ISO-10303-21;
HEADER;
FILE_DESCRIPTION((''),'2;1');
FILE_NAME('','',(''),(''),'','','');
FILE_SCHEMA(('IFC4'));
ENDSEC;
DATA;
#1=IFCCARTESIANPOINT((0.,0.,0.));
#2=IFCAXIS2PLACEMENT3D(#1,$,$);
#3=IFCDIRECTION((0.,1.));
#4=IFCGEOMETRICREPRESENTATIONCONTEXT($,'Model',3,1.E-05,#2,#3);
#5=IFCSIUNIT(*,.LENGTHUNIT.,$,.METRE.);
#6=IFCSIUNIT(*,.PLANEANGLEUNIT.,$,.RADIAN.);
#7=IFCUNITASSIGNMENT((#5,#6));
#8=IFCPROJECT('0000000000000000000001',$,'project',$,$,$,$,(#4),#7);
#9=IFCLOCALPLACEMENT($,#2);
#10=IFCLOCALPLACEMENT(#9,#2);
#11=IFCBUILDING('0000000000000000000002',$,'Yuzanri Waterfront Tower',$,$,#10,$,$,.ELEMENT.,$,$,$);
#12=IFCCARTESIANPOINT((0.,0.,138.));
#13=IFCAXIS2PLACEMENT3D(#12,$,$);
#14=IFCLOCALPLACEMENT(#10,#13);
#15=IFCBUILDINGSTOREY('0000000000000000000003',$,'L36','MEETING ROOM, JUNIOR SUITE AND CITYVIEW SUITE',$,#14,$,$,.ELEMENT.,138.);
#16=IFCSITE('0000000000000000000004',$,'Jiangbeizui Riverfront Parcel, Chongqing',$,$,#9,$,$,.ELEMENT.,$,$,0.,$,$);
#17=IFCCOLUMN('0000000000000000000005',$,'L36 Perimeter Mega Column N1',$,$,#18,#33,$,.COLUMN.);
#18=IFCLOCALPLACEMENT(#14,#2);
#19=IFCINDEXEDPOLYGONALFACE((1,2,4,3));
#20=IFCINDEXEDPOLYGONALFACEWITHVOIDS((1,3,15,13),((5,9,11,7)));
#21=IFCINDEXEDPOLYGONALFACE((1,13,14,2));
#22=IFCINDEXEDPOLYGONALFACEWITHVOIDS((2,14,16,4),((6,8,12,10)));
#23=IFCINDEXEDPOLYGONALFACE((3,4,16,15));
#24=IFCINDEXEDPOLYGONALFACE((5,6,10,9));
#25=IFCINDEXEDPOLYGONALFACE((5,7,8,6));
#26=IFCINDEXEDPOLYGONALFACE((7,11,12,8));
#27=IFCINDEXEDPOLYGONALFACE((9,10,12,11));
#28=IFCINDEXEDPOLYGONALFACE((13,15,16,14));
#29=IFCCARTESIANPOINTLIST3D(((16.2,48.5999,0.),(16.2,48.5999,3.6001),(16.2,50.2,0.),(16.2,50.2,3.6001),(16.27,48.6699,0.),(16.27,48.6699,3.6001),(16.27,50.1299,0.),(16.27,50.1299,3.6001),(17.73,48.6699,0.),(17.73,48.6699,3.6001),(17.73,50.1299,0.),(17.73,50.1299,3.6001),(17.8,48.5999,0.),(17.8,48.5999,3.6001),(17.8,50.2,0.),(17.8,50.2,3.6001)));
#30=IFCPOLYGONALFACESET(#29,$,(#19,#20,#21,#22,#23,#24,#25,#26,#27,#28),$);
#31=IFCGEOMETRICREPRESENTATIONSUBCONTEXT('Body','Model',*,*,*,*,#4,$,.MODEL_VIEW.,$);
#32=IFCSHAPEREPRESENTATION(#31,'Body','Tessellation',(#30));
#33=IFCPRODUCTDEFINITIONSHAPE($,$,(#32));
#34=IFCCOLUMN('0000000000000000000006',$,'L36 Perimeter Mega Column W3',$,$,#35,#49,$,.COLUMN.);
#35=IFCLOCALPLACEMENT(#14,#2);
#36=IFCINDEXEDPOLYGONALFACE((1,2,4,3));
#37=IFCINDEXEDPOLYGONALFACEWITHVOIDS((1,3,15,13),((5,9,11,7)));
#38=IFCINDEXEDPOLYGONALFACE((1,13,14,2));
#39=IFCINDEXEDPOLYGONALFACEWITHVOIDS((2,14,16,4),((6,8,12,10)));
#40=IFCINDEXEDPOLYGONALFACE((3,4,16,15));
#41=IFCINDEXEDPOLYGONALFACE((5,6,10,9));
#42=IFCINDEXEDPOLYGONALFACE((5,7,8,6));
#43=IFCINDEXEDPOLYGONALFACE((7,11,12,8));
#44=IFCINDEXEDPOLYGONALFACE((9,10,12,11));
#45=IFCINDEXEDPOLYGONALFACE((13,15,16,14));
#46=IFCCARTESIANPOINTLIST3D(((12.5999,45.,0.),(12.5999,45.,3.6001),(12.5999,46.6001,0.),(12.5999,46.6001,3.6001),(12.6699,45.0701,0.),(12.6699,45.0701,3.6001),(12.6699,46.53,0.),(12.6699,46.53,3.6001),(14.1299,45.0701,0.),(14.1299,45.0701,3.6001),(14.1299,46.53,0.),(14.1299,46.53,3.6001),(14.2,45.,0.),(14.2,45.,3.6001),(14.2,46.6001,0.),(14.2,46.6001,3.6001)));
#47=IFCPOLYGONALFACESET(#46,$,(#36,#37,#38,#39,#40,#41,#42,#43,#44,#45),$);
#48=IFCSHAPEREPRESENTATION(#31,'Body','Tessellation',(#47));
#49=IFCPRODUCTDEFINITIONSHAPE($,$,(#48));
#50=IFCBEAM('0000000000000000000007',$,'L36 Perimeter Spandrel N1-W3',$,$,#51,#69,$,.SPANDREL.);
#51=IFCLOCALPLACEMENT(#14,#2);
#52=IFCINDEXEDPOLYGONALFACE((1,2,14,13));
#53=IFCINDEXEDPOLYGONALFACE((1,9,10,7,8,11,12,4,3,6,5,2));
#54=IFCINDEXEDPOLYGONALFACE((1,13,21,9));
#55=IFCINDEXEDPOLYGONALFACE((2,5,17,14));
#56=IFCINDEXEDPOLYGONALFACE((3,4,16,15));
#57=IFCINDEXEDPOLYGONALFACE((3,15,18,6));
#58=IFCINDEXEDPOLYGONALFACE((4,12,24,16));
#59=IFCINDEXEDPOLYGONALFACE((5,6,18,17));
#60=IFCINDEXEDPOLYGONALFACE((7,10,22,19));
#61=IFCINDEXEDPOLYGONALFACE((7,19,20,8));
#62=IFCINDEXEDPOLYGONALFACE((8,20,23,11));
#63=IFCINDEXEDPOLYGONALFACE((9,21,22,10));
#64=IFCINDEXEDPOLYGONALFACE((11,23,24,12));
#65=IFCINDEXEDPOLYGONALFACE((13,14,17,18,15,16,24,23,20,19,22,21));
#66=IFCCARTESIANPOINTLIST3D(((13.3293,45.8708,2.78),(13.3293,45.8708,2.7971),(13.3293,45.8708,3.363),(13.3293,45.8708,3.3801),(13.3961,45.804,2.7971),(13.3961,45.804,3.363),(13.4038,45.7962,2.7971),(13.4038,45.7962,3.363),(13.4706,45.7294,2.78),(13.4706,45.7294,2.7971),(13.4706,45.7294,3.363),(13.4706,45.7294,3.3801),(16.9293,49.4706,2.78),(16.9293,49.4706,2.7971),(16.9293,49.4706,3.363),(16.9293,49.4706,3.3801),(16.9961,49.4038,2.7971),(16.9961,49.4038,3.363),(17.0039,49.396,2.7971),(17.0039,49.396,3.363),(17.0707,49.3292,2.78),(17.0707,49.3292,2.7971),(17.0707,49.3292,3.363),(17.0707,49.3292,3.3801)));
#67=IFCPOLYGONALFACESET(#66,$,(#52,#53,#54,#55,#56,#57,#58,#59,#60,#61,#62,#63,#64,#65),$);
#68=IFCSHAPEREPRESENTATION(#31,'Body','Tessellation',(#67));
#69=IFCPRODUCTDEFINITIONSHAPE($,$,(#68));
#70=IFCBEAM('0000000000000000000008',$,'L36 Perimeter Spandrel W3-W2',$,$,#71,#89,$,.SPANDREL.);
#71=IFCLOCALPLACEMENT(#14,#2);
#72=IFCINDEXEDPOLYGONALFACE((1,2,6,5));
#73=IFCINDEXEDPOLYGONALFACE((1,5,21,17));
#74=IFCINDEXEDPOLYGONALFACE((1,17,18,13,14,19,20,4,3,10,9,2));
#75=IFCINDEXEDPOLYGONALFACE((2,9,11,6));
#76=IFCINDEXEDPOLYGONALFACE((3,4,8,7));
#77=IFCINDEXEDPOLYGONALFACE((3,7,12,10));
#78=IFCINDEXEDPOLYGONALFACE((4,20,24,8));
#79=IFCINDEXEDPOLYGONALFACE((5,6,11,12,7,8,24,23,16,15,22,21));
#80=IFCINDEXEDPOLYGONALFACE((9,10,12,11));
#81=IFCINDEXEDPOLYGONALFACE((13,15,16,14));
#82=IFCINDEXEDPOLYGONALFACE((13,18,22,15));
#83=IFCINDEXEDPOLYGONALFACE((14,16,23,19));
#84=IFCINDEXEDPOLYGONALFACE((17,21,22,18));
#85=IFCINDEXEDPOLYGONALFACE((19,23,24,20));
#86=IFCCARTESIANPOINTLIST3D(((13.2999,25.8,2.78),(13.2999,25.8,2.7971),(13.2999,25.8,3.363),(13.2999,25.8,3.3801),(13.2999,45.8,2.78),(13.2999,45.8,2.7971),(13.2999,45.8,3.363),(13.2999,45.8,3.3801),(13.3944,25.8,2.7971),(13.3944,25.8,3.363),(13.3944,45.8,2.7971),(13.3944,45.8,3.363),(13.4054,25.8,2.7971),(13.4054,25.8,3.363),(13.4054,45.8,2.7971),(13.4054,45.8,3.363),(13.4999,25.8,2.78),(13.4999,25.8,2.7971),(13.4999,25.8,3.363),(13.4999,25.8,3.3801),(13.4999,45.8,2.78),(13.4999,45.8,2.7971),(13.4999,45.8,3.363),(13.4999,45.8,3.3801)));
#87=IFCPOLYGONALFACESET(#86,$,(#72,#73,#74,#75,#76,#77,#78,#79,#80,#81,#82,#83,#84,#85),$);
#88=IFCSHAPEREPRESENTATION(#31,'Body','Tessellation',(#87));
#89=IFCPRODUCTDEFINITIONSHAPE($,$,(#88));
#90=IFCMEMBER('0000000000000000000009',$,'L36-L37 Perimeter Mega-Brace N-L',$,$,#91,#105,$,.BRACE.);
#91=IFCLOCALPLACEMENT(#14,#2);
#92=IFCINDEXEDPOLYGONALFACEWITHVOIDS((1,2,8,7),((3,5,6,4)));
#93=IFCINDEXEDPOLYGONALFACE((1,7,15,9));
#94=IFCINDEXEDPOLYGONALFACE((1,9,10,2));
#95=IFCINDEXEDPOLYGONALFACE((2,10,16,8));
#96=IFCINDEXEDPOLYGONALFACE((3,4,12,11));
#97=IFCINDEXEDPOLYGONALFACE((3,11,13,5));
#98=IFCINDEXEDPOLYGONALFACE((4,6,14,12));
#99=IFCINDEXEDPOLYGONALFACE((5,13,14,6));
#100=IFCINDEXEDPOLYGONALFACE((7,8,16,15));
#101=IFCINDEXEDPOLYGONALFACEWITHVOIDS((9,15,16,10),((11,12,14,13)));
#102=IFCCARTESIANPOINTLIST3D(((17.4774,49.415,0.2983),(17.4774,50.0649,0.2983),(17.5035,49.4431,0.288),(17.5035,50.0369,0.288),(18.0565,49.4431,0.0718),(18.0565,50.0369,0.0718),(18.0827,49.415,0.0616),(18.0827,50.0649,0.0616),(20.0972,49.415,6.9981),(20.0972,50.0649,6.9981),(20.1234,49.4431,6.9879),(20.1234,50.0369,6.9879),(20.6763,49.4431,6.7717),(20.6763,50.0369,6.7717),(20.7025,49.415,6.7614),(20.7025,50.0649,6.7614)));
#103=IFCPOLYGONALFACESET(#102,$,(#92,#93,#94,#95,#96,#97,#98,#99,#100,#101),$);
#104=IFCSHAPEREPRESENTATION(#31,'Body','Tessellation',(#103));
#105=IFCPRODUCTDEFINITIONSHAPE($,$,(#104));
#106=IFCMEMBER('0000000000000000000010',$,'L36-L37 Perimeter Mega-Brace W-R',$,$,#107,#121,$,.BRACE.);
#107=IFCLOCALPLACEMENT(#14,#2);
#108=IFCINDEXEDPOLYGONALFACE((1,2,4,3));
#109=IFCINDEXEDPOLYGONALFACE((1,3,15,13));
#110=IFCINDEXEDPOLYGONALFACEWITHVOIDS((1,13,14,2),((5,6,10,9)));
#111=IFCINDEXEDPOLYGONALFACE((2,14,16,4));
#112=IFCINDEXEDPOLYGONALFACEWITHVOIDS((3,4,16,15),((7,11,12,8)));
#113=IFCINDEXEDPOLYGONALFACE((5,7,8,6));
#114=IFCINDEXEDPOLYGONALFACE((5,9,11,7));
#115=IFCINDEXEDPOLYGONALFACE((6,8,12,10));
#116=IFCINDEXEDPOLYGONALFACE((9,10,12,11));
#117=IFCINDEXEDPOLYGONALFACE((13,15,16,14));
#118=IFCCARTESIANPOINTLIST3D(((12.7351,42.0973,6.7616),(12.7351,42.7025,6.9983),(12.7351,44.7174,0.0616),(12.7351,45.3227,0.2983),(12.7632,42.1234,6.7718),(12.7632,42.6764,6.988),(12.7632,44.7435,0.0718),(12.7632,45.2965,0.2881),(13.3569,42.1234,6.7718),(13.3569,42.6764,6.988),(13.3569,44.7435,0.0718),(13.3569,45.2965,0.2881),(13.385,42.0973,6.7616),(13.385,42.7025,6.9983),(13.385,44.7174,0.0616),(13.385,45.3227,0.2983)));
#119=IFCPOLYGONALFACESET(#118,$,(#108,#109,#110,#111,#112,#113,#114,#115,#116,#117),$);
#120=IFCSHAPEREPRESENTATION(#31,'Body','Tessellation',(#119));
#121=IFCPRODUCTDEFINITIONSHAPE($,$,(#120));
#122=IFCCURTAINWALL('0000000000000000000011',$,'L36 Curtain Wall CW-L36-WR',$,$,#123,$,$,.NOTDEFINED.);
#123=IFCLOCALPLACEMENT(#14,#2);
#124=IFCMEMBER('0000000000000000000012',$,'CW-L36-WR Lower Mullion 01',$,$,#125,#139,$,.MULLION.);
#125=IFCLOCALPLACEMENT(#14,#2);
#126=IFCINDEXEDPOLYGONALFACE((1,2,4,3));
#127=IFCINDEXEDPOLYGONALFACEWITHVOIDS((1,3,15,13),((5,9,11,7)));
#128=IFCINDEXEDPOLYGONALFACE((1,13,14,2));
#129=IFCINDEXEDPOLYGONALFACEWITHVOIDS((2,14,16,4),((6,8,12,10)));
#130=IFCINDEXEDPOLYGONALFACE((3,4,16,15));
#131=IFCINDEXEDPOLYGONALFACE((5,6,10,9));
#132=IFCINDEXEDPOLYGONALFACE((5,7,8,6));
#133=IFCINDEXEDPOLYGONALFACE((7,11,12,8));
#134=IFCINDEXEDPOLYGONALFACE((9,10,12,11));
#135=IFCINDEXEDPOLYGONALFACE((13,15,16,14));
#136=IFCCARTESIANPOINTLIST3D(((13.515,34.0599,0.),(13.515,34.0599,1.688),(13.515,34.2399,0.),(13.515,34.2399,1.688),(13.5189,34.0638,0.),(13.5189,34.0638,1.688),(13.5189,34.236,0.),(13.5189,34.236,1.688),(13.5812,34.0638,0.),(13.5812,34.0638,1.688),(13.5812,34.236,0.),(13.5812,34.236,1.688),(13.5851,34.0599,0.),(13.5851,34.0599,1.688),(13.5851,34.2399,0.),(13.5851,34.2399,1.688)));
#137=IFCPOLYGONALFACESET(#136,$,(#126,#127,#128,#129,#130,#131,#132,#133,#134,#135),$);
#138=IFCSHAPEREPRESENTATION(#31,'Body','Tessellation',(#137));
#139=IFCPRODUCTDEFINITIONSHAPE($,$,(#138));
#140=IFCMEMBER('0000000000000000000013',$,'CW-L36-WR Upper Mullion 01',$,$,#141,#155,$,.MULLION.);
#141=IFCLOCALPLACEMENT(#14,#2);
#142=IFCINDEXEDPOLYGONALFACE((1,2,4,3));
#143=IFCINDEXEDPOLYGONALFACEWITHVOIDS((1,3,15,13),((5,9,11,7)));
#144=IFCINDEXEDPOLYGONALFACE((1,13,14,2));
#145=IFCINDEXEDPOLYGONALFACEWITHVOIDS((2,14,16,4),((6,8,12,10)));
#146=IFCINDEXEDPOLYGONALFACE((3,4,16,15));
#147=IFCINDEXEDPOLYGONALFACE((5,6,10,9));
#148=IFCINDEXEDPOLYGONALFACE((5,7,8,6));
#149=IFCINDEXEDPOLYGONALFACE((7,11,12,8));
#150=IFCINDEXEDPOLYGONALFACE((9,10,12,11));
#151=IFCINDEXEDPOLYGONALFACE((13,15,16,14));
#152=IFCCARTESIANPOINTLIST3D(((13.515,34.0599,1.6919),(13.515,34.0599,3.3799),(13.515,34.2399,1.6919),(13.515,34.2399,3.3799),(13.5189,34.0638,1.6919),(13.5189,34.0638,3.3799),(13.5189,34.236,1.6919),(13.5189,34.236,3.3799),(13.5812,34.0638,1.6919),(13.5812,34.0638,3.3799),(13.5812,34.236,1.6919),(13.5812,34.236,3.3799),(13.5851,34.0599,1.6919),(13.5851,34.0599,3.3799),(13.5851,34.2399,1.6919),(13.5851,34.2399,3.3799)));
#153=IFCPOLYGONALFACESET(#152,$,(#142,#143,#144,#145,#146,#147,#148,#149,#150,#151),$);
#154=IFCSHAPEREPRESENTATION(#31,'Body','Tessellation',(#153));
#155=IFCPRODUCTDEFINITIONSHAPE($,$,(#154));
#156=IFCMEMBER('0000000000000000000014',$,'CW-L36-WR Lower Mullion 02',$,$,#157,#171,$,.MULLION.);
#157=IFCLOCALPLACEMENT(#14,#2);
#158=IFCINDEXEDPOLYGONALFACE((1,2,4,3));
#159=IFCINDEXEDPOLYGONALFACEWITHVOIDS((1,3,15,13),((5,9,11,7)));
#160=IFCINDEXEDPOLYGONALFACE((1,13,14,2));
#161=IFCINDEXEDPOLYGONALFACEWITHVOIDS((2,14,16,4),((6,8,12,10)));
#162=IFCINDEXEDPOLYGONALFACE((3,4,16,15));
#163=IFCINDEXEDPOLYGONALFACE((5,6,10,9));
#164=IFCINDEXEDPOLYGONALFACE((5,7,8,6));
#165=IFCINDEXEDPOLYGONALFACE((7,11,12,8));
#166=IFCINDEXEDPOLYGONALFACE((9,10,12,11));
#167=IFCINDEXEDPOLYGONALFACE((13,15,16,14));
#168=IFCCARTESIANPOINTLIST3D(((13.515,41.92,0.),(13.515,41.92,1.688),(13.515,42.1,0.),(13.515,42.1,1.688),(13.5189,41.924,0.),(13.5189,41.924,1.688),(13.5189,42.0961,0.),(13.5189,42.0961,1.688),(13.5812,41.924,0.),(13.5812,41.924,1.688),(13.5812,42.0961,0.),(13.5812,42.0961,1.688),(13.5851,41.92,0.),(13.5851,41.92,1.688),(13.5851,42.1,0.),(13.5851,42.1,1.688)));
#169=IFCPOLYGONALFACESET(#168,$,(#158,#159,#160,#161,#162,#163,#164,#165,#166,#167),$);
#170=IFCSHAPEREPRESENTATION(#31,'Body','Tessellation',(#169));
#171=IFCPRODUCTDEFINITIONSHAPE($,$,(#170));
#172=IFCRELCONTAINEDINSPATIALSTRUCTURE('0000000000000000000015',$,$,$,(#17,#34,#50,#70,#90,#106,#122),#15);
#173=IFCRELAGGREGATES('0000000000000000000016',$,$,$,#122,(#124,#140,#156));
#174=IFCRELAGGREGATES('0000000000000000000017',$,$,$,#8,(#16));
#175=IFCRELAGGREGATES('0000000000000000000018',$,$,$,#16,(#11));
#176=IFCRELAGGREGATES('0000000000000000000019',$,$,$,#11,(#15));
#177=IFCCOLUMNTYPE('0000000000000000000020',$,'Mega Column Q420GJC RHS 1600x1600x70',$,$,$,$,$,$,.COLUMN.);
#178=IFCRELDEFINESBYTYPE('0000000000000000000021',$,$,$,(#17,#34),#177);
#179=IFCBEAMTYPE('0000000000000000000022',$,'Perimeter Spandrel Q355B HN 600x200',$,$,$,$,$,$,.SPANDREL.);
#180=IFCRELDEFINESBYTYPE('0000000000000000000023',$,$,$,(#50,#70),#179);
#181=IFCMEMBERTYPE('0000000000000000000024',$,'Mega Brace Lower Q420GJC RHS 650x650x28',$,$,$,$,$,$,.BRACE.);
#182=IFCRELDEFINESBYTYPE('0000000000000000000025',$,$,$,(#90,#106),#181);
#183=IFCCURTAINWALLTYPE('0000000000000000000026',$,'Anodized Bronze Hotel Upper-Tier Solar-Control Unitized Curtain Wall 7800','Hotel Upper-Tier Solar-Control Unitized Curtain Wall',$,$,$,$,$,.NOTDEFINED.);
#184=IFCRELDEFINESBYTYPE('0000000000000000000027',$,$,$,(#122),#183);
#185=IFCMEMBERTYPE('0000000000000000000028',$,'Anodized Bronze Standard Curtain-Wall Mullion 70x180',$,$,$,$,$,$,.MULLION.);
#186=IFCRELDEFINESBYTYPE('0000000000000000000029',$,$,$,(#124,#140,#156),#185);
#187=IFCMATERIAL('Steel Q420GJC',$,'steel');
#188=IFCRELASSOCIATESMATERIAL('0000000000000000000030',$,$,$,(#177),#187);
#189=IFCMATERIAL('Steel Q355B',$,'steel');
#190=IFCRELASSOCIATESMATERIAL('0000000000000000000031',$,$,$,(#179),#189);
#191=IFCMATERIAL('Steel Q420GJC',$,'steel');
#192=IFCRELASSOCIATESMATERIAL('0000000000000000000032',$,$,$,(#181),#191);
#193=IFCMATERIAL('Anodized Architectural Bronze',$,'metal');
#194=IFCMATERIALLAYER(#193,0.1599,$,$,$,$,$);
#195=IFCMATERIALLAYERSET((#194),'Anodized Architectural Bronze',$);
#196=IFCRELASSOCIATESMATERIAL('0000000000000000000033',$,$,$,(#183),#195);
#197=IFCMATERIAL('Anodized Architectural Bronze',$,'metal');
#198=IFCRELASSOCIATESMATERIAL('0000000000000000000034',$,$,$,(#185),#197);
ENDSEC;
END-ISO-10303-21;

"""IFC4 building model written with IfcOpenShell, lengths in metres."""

from ifc_helpers import new_model, si_unit, direction, frame, origin, origin_2d, place, context, subcontext, project, spatial, hollow_rectangle, i_section, extrude, source, transform, mapped, material, layer, layer_set, material_profile, profile_set, type_object, element, aggregate, save


model = new_model("IFC4")

# Units and contexts
model_context = context("Model", 3, precision=1e-05, world=origin(), true_north=direction((0.0, 1.0)))
body_context = subcontext(model_context, "Body", "Model", "MODEL_VIEW")
ifc_project = project(units=[si_unit("LENGTHUNIT", "METRE"), si_unit("PLANEANGLEUNIT", "RADIAN")], contexts=[model_context])

# Site, building, storey
site_placement = place(None, origin())
site = spatial("IfcSite", under=ifc_project, at=site_placement, Name="Jiangbeizui Riverfront Parcel, Chongqing", CompositionType="ELEMENT", RefElevation=0.0)
building_placement = place(site_placement, origin())
building = spatial("IfcBuilding", under=site, at=building_placement, Name="Yuzanri Waterfront Tower", CompositionType="ELEMENT")
storey_placement = place(building_placement, frame((0.0, 0.0, 138.0)))
storey = spatial("IfcBuildingStorey", under=building, at=storey_placement, Name="L36", Description="MEETING ROOM, JUNIOR SUITE AND CITYVIEW SUITE", CompositionType="ELEMENT", Elevation=138.0)

# Columns
ifc_material_1 = material(Name="Steel Q420GJC", Category="steel")
ifc_material_profile_1 = material_profile(ifc_material_1, hollow_rectangle(XDim=1.6001, YDim=1.6001, WallThickness=0.0701, at=origin_2d()), Name="RHS 1600x1600x70")
ifc_profile_set_1 = profile_set([ifc_material_profile_1], Name="Steel Q420GJC")
column_type = type_object("IfcColumnType", Name="Mega Column Q420GJC RHS 1600x1600x70", PredefinedType="COLUMN", material=ifc_profile_set_1)
shared_shape_1 = source(origin(), body_context, "Body", "SweptSolid", [
    extrude(hollow_rectangle(XDim=1.6001, YDim=1.6001, WallThickness=0.0701, at=origin_2d()), origin(), (0.0, 0.0, 1.0), 3.6001),
])
for number, where, z_axis, x_axis, name in (
    (1, (17.0, 49.3999, 0.0), (0.0, 0.0, 1.0), (1.0, 0.0, 0.0), "L36 Perimeter Mega Column N1"),
    (2, (13.3999, 45.8, 0.0), (0.0, 0.0, 1.0), (1.0, 0.0, 0.0), "L36 Perimeter Mega Column W3"),
):
    element("IfcColumn", number, at=place(storey_placement, frame(where, z_axis=z_axis, x_axis=x_axis)), inside=storey, type_object=column_type, Name=name, PredefinedType="COLUMN", context=body_context, shape_type="MappedRepresentation", body=[
        mapped(shared_shape_1, transform((0.0, 0.0, 0.0), scale=1.0)),
    ])

# Beams
ifc_material_2 = material(Name="Steel Q355B", Category="steel")
ifc_material_profile_2 = material_profile(ifc_material_2, i_section(OverallWidth=0.2, OverallDepth=0.6001, WebThickness=0.011, FlangeThickness=0.0171, at=origin_2d()), Name="HN 600x200x11x17")
ifc_profile_set_2 = profile_set([ifc_material_profile_2], Name="Steel Q355B")
beam_type = type_object("IfcBeamType", Name="Perimeter Spandrel Q355B HN 600x200", PredefinedType="SPANDREL", material=ifc_profile_set_2)
shared_shape_2 = source(origin(), body_context, "Body", "SweptSolid", [
    extrude(i_section(OverallWidth=0.2, OverallDepth=0.6001, WebThickness=0.011, FlangeThickness=0.0171, at=origin_2d()), origin(), (0.0, 0.0, 1.0), 5.0911),
])
beam_1_placement = place(storey_placement, frame((17.0, 49.3999, 3.0801), z_axis=(-0.707131, -0.707083, 0.0), x_axis=(0.707083, -0.707131, 0.0)))
element("IfcBeam", 3, at=beam_1_placement, inside=storey, type_object=beam_type, Name="L36 Perimeter Spandrel N1-W3", PredefinedType="SPANDREL", context=body_context, shape_type="MappedRepresentation", body=[
    mapped(shared_shape_2, transform((0.0, 0.0, 0.0), scale=1.0)),
])
shared_shape_3 = source(origin(), body_context, "Body", "SweptSolid", [
    extrude(i_section(OverallWidth=0.2, OverallDepth=0.6001, WebThickness=0.011, FlangeThickness=0.0171, at=origin_2d()), origin(), (0.0, 0.0, 1.0), 20.0),
])
beam_2_placement = place(storey_placement, frame((13.3999, 45.8, 3.0801), z_axis=(0.0, -1.0, 0.0), x_axis=(1.0, 0.0, 0.0)))
element("IfcBeam", 4, at=beam_2_placement, inside=storey, type_object=beam_type, Name="L36 Perimeter Spandrel W3-W2", PredefinedType="SPANDREL", context=body_context, shape_type="MappedRepresentation", body=[
    mapped(shared_shape_3, transform((0.0, 0.0, 0.0), scale=1.0)),
])

# Members
ifc_material_3 = material(Name="Steel Q420GJC", Category="steel")
ifc_material_profile_3 = material_profile(ifc_material_3, hollow_rectangle(XDim=0.6499, YDim=0.6499, WallThickness=0.0281, at=origin_2d()), Name="RHS 650x650x28")
ifc_profile_set_3 = profile_set([ifc_material_profile_3], Name="Steel Q420GJC")
member_type_1 = type_object("IfcMemberType", Name="Mega Brace Lower Q420GJC RHS 650x650x28", PredefinedType="BRACE", material=ifc_profile_set_3)
shared_shape_4 = source(origin(), body_context, "Body", "SweptSolid", [
    extrude(hollow_rectangle(XDim=0.6499, YDim=0.6499, WallThickness=0.0281, at=origin_2d()), origin(), (0.0, 0.0, 1.0), 7.1938),
])
member_1_placement = place(storey_placement, frame((17.78, 49.74, 0.1799), z_axis=(0.364177, 0.0, 0.93133), x_axis=(0.0, 1.0, 0.0)))
element("IfcMember", 5, at=member_1_placement, inside=storey, type_object=member_type_1, Name="L36-L37 Perimeter Mega-Brace N-L", PredefinedType="BRACE", context=body_context, shape_type="MappedRepresentation", body=[
    mapped(shared_shape_4, transform((0.0, 0.0, 0.0), scale=1.0)),
])
shared_shape_5 = source(origin(), body_context, "Body", "SweptSolid", [
    extrude(hollow_rectangle(XDim=0.6499, YDim=0.6499, WallThickness=0.0281, at=origin_2d()), origin(), (0.0, 0.0, 1.0), 7.1941),
])
member_2_placement = place(storey_placement, frame((13.0601, 45.02, 0.1799), z_axis=(0.0, -0.364206, 0.931318), x_axis=(1.0, 0.0, 0.0)))
element("IfcMember", 6, at=member_2_placement, inside=storey, type_object=member_type_1, Name="L36-L37 Perimeter Mega-Brace W-R", PredefinedType="BRACE", context=body_context, shape_type="MappedRepresentation", body=[
    mapped(shared_shape_5, transform((0.0, 0.0, 0.0), scale=1.0)),
])

# Curtain wall, members
ifc_material_4 = material(Name="Anodized Architectural Bronze", Category="metal")
ifc_layer_1 = layer(ifc_material_4, 0.1599)
ifc_layer_set_1 = layer_set([ifc_layer_1], Name="Anodized Architectural Bronze")
curtain_wall_type = type_object("IfcCurtainWallType", Name="Anodized Bronze Hotel Upper-Tier Solar-Control Unitized Curtain Wall 7800", Description="Hotel Upper-Tier Solar-Control Unitized Curtain Wall", PredefinedType="NOTDEFINED", material=ifc_layer_set_1)
curtain_wall_placement = place(storey_placement, origin())
curtain_wall = element("IfcCurtainWall", 7, at=curtain_wall_placement, inside=storey, type_object=curtain_wall_type, Name="L36 Curtain Wall CW-L36-WR", PredefinedType="NOTDEFINED")
ifc_material_5 = material(Name="Anodized Architectural Bronze", Category="metal")
ifc_material_profile_4 = material_profile(ifc_material_5, hollow_rectangle(XDim=0.0701, YDim=0.1799, WallThickness=0.0039, at=origin_2d()), Name="CWM 70x180")
ifc_profile_set_4 = profile_set([ifc_material_profile_4], Name="Anodized Architectural Bronze")
member_type_2 = type_object("IfcMemberType", Name="Anodized Bronze Standard Curtain-Wall Mullion 70x180", PredefinedType="MULLION", material=ifc_profile_set_4)
shared_shape_6 = source(origin(), body_context, "Body", "SweptSolid", [
    extrude(hollow_rectangle(XDim=0.0701, YDim=0.1799, WallThickness=0.0039, at=origin_2d()), origin(), (0.0, 0.0, 1.0), 1.688),
])
member_3_placement = place(storey_placement, frame((13.55, 34.1499, 0.0), z_axis=(0.0, 0.0, 1.0), x_axis=(1.0, 0.0, 0.0)))
member_3 = element("IfcMember", 8, at=member_3_placement, type_object=member_type_2, Name="CW-L36-WR Lower Mullion 01", PredefinedType="MULLION", context=body_context, shape_type="MappedRepresentation", body=[
    mapped(shared_shape_6, transform((0.0, 0.0, 0.0), scale=1.0)),
])
member_4_placement = place(storey_placement, frame((13.55, 34.1499, 1.6919), z_axis=(0.0, 0.0, 1.0), x_axis=(1.0, 0.0, 0.0)))
member_4 = element("IfcMember", 9, at=member_4_placement, type_object=member_type_2, Name="CW-L36-WR Upper Mullion 01", PredefinedType="MULLION", context=body_context, shape_type="MappedRepresentation", body=[
    mapped(shared_shape_6, transform((0.0, 0.0, 0.0), scale=1.0)),
])
member_5_placement = place(storey_placement, frame((13.55, 42.01, 0.0), z_axis=(0.0, 0.0, 1.0), x_axis=(1.0, 0.0, 0.0)))
member_5 = element("IfcMember", 10, at=member_5_placement, type_object=member_type_2, Name="CW-L36-WR Lower Mullion 02", PredefinedType="MULLION", context=body_context, shape_type="MappedRepresentation", body=[
    mapped(shared_shape_6, transform((0.0, 0.0, 0.0), scale=1.0)),
])

aggregate(curtain_wall, [member_3, member_4, member_5])

save(model, "model.ifc")
